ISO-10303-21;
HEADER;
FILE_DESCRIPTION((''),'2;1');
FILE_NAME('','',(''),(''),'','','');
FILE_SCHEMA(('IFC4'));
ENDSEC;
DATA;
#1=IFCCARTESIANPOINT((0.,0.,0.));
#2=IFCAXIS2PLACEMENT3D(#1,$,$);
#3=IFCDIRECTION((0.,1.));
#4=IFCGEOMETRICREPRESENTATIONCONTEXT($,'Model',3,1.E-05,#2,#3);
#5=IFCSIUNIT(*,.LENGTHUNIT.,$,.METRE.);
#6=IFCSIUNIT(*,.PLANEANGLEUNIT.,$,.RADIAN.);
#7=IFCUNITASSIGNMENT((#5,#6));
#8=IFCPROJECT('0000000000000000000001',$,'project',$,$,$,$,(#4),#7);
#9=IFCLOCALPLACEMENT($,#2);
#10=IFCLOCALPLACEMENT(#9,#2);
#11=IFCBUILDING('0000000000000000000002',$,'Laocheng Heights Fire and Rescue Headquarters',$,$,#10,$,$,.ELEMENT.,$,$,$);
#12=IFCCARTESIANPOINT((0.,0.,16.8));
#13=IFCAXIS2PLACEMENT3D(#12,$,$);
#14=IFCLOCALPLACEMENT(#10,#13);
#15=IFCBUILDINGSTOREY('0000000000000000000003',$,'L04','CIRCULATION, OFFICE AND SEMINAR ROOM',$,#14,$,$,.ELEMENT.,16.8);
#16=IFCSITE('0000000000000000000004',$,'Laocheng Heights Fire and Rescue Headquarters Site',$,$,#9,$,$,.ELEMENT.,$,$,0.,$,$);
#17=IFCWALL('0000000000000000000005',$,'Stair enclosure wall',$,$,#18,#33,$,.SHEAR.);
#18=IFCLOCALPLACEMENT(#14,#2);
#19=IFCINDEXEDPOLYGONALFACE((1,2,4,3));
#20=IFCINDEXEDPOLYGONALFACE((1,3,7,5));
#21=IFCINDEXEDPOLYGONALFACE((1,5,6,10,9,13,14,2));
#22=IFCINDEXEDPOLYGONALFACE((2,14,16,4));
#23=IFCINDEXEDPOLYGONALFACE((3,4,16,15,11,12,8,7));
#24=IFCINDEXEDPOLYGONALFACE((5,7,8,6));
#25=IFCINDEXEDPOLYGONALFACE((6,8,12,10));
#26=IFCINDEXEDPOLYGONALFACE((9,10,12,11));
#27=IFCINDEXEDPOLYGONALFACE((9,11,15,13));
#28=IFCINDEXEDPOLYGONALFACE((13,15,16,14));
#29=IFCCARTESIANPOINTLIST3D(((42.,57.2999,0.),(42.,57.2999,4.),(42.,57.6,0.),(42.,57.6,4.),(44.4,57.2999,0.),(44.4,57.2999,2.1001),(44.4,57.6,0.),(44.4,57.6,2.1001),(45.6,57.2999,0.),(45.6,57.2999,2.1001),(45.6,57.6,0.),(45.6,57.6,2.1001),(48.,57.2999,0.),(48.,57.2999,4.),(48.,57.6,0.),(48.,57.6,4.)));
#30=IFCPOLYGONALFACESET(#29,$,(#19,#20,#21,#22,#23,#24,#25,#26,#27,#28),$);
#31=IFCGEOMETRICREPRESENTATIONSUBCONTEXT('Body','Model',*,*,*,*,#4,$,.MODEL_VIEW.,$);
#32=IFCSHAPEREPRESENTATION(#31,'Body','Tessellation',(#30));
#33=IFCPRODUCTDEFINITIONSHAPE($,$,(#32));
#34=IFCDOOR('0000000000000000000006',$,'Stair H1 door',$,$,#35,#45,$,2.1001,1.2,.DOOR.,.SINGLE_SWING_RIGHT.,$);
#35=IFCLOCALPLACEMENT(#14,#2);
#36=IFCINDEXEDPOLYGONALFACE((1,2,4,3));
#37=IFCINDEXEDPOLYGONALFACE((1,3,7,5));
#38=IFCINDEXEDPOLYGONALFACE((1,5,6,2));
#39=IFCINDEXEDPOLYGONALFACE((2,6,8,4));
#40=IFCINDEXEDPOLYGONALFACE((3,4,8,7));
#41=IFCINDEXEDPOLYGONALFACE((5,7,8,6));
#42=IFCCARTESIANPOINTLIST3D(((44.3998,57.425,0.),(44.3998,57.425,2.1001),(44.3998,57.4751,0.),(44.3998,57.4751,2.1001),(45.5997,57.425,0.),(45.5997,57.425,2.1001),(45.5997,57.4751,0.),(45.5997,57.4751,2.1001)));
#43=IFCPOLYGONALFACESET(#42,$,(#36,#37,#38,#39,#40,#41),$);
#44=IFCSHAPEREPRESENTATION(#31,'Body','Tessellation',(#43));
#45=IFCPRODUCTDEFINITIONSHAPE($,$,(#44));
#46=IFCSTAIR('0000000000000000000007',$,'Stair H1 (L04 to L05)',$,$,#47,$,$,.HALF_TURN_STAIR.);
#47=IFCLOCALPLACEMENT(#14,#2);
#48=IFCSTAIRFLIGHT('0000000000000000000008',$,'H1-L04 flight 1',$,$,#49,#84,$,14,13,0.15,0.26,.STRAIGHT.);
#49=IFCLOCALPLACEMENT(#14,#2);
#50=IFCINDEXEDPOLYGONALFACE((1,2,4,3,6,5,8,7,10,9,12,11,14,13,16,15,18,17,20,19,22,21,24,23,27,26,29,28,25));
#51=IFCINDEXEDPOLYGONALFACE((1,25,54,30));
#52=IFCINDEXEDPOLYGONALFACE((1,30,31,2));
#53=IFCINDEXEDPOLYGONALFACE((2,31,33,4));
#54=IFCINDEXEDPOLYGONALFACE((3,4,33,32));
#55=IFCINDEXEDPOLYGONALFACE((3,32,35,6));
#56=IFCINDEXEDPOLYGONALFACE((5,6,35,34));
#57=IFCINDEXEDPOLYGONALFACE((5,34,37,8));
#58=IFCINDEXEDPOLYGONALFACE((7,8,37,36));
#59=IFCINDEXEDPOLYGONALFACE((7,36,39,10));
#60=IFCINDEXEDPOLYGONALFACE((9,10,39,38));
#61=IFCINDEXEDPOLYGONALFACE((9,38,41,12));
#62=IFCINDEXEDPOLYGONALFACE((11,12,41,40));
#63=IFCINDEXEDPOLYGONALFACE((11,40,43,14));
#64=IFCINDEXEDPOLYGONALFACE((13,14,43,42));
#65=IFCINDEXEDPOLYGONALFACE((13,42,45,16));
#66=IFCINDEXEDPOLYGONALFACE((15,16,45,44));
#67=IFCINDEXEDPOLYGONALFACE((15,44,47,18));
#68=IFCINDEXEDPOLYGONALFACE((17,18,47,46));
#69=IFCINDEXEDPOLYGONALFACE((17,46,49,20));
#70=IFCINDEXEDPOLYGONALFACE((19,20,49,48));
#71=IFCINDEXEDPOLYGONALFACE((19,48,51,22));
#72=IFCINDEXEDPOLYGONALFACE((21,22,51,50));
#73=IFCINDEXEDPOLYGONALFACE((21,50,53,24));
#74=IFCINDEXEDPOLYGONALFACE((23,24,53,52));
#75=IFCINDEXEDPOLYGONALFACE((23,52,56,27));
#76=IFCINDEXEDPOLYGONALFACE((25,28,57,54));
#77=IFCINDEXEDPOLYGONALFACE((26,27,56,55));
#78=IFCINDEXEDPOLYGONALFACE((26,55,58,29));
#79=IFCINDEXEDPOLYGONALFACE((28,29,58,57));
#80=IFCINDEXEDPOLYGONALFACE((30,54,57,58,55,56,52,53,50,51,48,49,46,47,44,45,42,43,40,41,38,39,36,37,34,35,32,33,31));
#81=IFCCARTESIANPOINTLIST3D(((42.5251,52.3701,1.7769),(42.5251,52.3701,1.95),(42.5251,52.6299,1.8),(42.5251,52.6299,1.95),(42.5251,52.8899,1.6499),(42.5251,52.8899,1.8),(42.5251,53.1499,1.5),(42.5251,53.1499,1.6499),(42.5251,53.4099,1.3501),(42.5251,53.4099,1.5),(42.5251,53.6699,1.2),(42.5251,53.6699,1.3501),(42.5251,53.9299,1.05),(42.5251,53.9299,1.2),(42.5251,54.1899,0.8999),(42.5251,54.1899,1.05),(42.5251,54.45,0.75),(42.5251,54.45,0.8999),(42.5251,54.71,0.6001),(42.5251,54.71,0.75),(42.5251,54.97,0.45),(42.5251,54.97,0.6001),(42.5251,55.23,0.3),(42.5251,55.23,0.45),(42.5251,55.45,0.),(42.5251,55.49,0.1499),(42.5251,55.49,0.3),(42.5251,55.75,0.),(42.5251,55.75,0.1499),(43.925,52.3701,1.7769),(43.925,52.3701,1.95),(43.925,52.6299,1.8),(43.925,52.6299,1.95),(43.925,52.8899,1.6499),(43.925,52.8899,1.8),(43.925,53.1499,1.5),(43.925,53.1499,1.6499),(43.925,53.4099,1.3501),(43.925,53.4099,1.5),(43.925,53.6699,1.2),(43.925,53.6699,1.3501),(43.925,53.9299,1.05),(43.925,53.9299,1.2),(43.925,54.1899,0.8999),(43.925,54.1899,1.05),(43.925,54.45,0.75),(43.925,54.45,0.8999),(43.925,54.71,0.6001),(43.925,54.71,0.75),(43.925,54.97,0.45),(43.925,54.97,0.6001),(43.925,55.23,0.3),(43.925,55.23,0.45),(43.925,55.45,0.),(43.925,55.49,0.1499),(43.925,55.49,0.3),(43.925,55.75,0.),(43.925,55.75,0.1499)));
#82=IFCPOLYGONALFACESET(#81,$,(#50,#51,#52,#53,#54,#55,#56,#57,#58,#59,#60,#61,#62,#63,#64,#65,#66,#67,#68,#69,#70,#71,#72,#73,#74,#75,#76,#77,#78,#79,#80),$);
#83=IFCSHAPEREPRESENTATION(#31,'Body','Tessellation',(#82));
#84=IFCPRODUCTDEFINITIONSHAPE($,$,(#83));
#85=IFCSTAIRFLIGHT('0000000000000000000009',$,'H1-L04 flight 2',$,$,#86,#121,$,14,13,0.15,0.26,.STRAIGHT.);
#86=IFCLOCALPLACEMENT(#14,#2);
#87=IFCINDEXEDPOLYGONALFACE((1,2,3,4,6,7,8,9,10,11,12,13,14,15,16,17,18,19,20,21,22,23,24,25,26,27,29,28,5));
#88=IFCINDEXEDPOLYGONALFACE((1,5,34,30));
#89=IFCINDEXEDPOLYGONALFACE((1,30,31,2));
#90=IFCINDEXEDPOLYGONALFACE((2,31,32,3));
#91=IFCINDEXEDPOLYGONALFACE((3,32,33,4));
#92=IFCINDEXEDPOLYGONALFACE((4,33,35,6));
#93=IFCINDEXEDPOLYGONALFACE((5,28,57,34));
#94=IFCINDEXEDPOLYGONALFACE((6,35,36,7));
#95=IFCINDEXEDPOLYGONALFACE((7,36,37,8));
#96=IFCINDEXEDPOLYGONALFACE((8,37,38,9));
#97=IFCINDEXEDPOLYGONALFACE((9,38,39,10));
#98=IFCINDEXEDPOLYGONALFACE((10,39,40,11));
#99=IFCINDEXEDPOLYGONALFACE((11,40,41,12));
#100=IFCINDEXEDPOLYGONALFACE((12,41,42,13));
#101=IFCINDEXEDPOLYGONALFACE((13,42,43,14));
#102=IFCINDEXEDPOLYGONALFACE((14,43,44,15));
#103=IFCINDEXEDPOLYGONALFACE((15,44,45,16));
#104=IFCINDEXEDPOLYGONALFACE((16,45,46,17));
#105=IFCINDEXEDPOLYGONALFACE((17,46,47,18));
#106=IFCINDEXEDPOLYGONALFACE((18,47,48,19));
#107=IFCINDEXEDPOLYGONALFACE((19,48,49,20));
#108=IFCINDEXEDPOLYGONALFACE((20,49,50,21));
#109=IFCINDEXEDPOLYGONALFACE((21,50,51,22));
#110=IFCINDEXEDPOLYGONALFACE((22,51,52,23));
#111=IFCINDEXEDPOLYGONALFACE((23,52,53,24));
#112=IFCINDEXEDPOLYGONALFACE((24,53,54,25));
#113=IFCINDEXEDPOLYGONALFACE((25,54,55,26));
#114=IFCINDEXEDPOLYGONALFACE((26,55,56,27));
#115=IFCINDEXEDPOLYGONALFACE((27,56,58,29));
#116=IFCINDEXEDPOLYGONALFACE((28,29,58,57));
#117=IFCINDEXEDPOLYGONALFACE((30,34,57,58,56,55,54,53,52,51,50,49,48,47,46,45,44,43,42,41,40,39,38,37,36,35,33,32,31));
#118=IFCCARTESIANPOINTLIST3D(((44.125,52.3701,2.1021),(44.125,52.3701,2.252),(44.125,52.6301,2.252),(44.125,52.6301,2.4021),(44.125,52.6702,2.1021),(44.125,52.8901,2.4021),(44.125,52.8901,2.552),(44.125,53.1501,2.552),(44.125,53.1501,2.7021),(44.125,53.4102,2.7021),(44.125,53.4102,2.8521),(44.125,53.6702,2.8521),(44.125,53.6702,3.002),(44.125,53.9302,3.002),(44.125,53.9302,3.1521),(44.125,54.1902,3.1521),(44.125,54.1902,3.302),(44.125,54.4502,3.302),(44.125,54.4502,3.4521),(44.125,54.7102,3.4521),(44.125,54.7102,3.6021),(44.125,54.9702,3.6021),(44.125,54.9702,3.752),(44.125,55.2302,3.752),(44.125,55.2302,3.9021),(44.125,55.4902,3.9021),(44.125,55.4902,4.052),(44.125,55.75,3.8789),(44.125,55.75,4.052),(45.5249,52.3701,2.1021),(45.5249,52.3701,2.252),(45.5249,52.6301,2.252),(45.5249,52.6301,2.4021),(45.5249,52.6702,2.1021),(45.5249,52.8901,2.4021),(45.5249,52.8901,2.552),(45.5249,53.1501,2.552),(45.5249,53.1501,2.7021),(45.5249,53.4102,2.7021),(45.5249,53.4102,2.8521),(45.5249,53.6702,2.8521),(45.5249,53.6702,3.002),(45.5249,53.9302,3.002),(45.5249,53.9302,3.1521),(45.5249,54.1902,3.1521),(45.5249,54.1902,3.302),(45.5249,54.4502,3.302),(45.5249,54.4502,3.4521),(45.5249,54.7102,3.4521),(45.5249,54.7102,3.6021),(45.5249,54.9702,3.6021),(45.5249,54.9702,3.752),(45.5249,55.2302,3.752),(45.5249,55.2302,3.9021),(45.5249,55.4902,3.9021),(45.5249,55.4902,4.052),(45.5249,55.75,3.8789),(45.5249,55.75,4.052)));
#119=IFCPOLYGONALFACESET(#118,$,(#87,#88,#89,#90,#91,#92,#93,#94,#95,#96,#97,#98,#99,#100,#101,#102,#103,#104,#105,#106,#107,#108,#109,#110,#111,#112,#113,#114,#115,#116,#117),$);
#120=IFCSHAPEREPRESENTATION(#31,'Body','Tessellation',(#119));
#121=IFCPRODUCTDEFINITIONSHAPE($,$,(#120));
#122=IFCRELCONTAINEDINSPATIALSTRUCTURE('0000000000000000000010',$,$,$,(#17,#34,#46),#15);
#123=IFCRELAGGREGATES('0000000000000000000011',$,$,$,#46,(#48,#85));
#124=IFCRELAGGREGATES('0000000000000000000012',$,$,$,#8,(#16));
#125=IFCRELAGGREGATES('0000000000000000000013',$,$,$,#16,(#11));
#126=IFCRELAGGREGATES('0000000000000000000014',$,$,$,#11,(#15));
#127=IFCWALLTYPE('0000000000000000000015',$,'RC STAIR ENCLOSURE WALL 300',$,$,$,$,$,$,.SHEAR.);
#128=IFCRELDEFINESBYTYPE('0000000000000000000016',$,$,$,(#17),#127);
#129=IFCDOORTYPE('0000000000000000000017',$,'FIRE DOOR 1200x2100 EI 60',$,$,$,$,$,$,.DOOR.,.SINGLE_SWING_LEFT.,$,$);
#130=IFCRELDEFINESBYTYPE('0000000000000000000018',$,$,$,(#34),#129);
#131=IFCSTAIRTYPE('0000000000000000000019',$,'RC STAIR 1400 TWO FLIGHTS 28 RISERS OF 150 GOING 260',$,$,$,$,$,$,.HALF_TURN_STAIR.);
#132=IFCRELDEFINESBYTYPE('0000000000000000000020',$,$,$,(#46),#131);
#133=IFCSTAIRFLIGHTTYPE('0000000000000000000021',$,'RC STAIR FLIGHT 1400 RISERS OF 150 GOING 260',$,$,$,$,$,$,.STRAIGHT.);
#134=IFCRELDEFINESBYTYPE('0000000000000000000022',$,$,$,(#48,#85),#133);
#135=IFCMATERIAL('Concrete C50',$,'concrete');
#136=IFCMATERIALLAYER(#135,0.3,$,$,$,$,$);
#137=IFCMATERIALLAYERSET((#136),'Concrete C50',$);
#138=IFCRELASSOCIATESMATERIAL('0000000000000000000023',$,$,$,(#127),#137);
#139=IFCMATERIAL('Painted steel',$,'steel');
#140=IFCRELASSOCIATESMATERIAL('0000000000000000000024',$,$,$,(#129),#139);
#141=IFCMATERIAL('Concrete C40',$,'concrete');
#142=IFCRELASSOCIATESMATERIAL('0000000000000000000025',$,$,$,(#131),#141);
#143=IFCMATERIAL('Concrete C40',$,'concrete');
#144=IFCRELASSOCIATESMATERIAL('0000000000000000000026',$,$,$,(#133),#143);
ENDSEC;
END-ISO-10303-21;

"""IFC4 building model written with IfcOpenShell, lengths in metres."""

from ifc_helpers import new_model, si_unit, direction, frame, frame_2d, origin, place, context, subcontext, project, spatial, polyline, rectangle, outline, extrude, material, layer, layer_set, type_object, element, fill, aggregate, save


model = new_model("IFC4")

# Units and contexts
model_context = context("Model", 3, precision=1e-05, world=origin(), true_north=direction((0.0, 1.0)))
body_context = subcontext(model_context, "Body", "Model", "MODEL_VIEW")
ifc_project = project(units=[si_unit("LENGTHUNIT", "METRE"), si_unit("PLANEANGLEUNIT", "RADIAN")], contexts=[model_context])

# Site, building, storey
site_placement = place(None, origin())
site = spatial("IfcSite", under=ifc_project, at=site_placement, Name="Laocheng Heights Fire and Rescue Headquarters Site", CompositionType="ELEMENT", RefElevation=0.0)
building_placement = place(site_placement, origin())
building = spatial("IfcBuilding", under=site, at=building_placement, Name="Laocheng Heights Fire and Rescue Headquarters", CompositionType="ELEMENT")
storey_placement = place(building_placement, frame((0.0, 0.0, 16.8)))
storey = spatial("IfcBuildingStorey", under=building, at=storey_placement, Name="L04", Description="CIRCULATION, OFFICE AND SEMINAR ROOM", CompositionType="ELEMENT", Elevation=16.8)

# Wall, opening, door
ifc_material_1 = material(Name="Concrete C50", Category="concrete")
ifc_layer_1 = layer(ifc_material_1, 0.3)
ifc_layer_set_1 = layer_set([ifc_layer_1], Name="Concrete C50")
wall_type = type_object("IfcWallType", Name="RC STAIR ENCLOSURE WALL 300", PredefinedType="SHEAR", material=ifc_layer_set_1)
wall_placement = place(storey_placement, frame((42.0, 57.45, 0.0), z_axis=(0.0, 0.0, 1.0), x_axis=(1.0, 0.0, 0.0)))
wall = element("IfcWall", 1, at=wall_placement, inside=storey, type_object=wall_type, Name="Stair enclosure wall", PredefinedType="SHEAR", context=body_context, shape_type="SweptSolid", body=[
    extrude(rectangle(XDim=6.0, YDim=0.3, at=frame_2d((3.0, 0.0))), origin(), (0.0, 0.0, 1.0), 4.0),
])
opening_placement = place(wall_placement, frame((2.3999, 0.0, 0.0)))
opening = element("IfcOpeningElement", 2, at=opening_placement, cuts=wall, PredefinedType="OPENING", context=body_context, shape_type="SweptSolid", body=[
    extrude(rectangle(XDim=1.2, YDim=2.1001, at=frame_2d((0.6001, 1.05))), frame((0.0, 0.1599, 0.0), z_axis=(0.0, -1.0, 0.0), x_axis=(1.0, 0.0, 0.0)), (0.0, 0.0, 1.0), 0.3201),
])
ifc_material_2 = material(Name="Painted steel", Category="steel")
door_type = type_object("IfcDoorType", Name="FIRE DOOR 1200x2100 EI 60", OperationType="SINGLE_SWING_LEFT", PredefinedType="DOOR", material=ifc_material_2)
door_placement = place(opening_placement, frame((1.2, 0.0, 0.0), z_axis=(0.0, 0.0, 1.0), x_axis=(-1.0, 0.0, 0.0)))
door = element("IfcDoor", 3, at=door_placement, inside=storey, type_object=door_type, Name="Stair H1 door", OperationType="SINGLE_SWING_RIGHT", OverallHeight=2.1001, OverallWidth=1.2, PredefinedType="DOOR", context=body_context, shape_type="SweptSolid", body=[
    extrude(rectangle(XDim=1.2, YDim=2.1001, at=frame_2d((0.6001, 1.05))), frame((0.0, 0.0249, 0.0), z_axis=(0.0, -1.0, 0.0), x_axis=(1.0, 0.0, 0.0)), (0.0, 0.0, 1.0), 0.05),
])
fill(opening, door)

# Stair, stair flights
ifc_material_3 = material(Name="Concrete C40", Category="concrete")
stair_type = type_object("IfcStairType", Name="RC STAIR 1400 TWO FLIGHTS 28 RISERS OF 150 GOING 260", PredefinedType="HALF_TURN_STAIR", material=ifc_material_3)
stair_placement = place(storey_placement, origin())
stair = element("IfcStair", 4, at=stair_placement, inside=storey, type_object=stair_type, Name="Stair H1 (L04 to L05)", PredefinedType="HALF_TURN_STAIR")
ifc_material_4 = material(Name="Concrete C40", Category="concrete")
stair_flight_type = type_object("IfcStairFlightType", Name="RC STAIR FLIGHT 1400 RISERS OF 150 GOING 260", PredefinedType="STRAIGHT", material=ifc_material_4)
stair_flight_1_placement = place(storey_placement, frame((43.2251, 55.75, 0.0), z_axis=(0.0, 0.0, 1.0), x_axis=(0.0, -1.0, 0.0)))
stair_flight_1 = element("IfcStairFlight", 5, at=stair_flight_1_placement, type_object=stair_flight_type, Name="H1-L04 flight 1", NumberOfRisers=14, NumberOfTreads=13, PredefinedType="STRAIGHT", RiserHeight=0.15, TreadLength=0.26, context=body_context, shape_type="SweptSolid", body=[
    extrude(outline(polyline([(0.0, 0.0), (0.0, 0.1499), (0.26, 0.1499), (0.26, 0.3), (0.52, 0.3), (0.52, 0.45), (0.78, 0.45), (0.78, 0.6001), (1.04, 0.6001), (1.04, 0.75), (1.3, 0.75), (1.3, 0.8999), (1.5601, 0.8999), (1.5601, 1.05), (1.8201, 1.05), (1.8201, 1.2), (2.0801, 1.2), (2.0801, 1.3501), (2.3401, 1.3501), (2.3401, 1.5), (2.6001, 1.5), (2.6001, 1.6499), (2.8601, 1.6499), (2.8601, 1.8), (3.1201, 1.8), (3.1201, 1.95), (3.3799, 1.95), (3.3799, 2.1001), (3.3799, 1.7769), (0.3, 0.0), (0.0, 0.0)])), frame((0.0, 0.7, 0.0), z_axis=(0.0, -1.0, 0.0), x_axis=(1.0, 0.0, 0.0)), (0.0, 0.0, 1.0), 1.3999),
])
stair_flight_2_placement = place(storey_placement, frame((44.825, 52.3701, 2.1021), z_axis=(0.0, 0.0, 1.0), x_axis=(0.0, 1.0, 0.0)))
stair_flight_2 = element("IfcStairFlight", 6, at=stair_flight_2_placement, type_object=stair_flight_type, Name="H1-L04 flight 2", NumberOfRisers=14, NumberOfTreads=13, PredefinedType="STRAIGHT", RiserHeight=0.15, TreadLength=0.26, context=body_context, shape_type="SweptSolid", body=[
    extrude(outline(polyline([(0.0, 0.0), (0.0, 0.1499), (0.26, 0.1499), (0.26, 0.3), (0.52, 0.3), (0.52, 0.45), (0.78, 0.45), (0.78, 0.6001), (1.04, 0.6001), (1.04, 0.75), (1.3, 0.75), (1.3, 0.8999), (1.5601, 0.8999), (1.5601, 1.05), (1.8201, 1.05), (1.8201, 1.2), (2.0801, 1.2), (2.0801, 1.3501), (2.3401, 1.3501), (2.3401, 1.5), (2.6001, 1.5), (2.6001, 1.6499), (2.8601, 1.6499), (2.8601, 1.8), (3.1201, 1.8), (3.1201, 1.95), (3.3799, 1.95), (3.3799, 2.1001), (3.3799, 1.7769), (0.3, 0.0), (0.0, 0.0)])), frame((0.0, 0.7, 0.0), z_axis=(0.0, -1.0, 0.0), x_axis=(1.0, 0.0, 0.0)), (0.0, 0.0, 1.0), 1.3999),
])
aggregate(stair, [stair_flight_1, stair_flight_2])

save(model, "model.ifc")
